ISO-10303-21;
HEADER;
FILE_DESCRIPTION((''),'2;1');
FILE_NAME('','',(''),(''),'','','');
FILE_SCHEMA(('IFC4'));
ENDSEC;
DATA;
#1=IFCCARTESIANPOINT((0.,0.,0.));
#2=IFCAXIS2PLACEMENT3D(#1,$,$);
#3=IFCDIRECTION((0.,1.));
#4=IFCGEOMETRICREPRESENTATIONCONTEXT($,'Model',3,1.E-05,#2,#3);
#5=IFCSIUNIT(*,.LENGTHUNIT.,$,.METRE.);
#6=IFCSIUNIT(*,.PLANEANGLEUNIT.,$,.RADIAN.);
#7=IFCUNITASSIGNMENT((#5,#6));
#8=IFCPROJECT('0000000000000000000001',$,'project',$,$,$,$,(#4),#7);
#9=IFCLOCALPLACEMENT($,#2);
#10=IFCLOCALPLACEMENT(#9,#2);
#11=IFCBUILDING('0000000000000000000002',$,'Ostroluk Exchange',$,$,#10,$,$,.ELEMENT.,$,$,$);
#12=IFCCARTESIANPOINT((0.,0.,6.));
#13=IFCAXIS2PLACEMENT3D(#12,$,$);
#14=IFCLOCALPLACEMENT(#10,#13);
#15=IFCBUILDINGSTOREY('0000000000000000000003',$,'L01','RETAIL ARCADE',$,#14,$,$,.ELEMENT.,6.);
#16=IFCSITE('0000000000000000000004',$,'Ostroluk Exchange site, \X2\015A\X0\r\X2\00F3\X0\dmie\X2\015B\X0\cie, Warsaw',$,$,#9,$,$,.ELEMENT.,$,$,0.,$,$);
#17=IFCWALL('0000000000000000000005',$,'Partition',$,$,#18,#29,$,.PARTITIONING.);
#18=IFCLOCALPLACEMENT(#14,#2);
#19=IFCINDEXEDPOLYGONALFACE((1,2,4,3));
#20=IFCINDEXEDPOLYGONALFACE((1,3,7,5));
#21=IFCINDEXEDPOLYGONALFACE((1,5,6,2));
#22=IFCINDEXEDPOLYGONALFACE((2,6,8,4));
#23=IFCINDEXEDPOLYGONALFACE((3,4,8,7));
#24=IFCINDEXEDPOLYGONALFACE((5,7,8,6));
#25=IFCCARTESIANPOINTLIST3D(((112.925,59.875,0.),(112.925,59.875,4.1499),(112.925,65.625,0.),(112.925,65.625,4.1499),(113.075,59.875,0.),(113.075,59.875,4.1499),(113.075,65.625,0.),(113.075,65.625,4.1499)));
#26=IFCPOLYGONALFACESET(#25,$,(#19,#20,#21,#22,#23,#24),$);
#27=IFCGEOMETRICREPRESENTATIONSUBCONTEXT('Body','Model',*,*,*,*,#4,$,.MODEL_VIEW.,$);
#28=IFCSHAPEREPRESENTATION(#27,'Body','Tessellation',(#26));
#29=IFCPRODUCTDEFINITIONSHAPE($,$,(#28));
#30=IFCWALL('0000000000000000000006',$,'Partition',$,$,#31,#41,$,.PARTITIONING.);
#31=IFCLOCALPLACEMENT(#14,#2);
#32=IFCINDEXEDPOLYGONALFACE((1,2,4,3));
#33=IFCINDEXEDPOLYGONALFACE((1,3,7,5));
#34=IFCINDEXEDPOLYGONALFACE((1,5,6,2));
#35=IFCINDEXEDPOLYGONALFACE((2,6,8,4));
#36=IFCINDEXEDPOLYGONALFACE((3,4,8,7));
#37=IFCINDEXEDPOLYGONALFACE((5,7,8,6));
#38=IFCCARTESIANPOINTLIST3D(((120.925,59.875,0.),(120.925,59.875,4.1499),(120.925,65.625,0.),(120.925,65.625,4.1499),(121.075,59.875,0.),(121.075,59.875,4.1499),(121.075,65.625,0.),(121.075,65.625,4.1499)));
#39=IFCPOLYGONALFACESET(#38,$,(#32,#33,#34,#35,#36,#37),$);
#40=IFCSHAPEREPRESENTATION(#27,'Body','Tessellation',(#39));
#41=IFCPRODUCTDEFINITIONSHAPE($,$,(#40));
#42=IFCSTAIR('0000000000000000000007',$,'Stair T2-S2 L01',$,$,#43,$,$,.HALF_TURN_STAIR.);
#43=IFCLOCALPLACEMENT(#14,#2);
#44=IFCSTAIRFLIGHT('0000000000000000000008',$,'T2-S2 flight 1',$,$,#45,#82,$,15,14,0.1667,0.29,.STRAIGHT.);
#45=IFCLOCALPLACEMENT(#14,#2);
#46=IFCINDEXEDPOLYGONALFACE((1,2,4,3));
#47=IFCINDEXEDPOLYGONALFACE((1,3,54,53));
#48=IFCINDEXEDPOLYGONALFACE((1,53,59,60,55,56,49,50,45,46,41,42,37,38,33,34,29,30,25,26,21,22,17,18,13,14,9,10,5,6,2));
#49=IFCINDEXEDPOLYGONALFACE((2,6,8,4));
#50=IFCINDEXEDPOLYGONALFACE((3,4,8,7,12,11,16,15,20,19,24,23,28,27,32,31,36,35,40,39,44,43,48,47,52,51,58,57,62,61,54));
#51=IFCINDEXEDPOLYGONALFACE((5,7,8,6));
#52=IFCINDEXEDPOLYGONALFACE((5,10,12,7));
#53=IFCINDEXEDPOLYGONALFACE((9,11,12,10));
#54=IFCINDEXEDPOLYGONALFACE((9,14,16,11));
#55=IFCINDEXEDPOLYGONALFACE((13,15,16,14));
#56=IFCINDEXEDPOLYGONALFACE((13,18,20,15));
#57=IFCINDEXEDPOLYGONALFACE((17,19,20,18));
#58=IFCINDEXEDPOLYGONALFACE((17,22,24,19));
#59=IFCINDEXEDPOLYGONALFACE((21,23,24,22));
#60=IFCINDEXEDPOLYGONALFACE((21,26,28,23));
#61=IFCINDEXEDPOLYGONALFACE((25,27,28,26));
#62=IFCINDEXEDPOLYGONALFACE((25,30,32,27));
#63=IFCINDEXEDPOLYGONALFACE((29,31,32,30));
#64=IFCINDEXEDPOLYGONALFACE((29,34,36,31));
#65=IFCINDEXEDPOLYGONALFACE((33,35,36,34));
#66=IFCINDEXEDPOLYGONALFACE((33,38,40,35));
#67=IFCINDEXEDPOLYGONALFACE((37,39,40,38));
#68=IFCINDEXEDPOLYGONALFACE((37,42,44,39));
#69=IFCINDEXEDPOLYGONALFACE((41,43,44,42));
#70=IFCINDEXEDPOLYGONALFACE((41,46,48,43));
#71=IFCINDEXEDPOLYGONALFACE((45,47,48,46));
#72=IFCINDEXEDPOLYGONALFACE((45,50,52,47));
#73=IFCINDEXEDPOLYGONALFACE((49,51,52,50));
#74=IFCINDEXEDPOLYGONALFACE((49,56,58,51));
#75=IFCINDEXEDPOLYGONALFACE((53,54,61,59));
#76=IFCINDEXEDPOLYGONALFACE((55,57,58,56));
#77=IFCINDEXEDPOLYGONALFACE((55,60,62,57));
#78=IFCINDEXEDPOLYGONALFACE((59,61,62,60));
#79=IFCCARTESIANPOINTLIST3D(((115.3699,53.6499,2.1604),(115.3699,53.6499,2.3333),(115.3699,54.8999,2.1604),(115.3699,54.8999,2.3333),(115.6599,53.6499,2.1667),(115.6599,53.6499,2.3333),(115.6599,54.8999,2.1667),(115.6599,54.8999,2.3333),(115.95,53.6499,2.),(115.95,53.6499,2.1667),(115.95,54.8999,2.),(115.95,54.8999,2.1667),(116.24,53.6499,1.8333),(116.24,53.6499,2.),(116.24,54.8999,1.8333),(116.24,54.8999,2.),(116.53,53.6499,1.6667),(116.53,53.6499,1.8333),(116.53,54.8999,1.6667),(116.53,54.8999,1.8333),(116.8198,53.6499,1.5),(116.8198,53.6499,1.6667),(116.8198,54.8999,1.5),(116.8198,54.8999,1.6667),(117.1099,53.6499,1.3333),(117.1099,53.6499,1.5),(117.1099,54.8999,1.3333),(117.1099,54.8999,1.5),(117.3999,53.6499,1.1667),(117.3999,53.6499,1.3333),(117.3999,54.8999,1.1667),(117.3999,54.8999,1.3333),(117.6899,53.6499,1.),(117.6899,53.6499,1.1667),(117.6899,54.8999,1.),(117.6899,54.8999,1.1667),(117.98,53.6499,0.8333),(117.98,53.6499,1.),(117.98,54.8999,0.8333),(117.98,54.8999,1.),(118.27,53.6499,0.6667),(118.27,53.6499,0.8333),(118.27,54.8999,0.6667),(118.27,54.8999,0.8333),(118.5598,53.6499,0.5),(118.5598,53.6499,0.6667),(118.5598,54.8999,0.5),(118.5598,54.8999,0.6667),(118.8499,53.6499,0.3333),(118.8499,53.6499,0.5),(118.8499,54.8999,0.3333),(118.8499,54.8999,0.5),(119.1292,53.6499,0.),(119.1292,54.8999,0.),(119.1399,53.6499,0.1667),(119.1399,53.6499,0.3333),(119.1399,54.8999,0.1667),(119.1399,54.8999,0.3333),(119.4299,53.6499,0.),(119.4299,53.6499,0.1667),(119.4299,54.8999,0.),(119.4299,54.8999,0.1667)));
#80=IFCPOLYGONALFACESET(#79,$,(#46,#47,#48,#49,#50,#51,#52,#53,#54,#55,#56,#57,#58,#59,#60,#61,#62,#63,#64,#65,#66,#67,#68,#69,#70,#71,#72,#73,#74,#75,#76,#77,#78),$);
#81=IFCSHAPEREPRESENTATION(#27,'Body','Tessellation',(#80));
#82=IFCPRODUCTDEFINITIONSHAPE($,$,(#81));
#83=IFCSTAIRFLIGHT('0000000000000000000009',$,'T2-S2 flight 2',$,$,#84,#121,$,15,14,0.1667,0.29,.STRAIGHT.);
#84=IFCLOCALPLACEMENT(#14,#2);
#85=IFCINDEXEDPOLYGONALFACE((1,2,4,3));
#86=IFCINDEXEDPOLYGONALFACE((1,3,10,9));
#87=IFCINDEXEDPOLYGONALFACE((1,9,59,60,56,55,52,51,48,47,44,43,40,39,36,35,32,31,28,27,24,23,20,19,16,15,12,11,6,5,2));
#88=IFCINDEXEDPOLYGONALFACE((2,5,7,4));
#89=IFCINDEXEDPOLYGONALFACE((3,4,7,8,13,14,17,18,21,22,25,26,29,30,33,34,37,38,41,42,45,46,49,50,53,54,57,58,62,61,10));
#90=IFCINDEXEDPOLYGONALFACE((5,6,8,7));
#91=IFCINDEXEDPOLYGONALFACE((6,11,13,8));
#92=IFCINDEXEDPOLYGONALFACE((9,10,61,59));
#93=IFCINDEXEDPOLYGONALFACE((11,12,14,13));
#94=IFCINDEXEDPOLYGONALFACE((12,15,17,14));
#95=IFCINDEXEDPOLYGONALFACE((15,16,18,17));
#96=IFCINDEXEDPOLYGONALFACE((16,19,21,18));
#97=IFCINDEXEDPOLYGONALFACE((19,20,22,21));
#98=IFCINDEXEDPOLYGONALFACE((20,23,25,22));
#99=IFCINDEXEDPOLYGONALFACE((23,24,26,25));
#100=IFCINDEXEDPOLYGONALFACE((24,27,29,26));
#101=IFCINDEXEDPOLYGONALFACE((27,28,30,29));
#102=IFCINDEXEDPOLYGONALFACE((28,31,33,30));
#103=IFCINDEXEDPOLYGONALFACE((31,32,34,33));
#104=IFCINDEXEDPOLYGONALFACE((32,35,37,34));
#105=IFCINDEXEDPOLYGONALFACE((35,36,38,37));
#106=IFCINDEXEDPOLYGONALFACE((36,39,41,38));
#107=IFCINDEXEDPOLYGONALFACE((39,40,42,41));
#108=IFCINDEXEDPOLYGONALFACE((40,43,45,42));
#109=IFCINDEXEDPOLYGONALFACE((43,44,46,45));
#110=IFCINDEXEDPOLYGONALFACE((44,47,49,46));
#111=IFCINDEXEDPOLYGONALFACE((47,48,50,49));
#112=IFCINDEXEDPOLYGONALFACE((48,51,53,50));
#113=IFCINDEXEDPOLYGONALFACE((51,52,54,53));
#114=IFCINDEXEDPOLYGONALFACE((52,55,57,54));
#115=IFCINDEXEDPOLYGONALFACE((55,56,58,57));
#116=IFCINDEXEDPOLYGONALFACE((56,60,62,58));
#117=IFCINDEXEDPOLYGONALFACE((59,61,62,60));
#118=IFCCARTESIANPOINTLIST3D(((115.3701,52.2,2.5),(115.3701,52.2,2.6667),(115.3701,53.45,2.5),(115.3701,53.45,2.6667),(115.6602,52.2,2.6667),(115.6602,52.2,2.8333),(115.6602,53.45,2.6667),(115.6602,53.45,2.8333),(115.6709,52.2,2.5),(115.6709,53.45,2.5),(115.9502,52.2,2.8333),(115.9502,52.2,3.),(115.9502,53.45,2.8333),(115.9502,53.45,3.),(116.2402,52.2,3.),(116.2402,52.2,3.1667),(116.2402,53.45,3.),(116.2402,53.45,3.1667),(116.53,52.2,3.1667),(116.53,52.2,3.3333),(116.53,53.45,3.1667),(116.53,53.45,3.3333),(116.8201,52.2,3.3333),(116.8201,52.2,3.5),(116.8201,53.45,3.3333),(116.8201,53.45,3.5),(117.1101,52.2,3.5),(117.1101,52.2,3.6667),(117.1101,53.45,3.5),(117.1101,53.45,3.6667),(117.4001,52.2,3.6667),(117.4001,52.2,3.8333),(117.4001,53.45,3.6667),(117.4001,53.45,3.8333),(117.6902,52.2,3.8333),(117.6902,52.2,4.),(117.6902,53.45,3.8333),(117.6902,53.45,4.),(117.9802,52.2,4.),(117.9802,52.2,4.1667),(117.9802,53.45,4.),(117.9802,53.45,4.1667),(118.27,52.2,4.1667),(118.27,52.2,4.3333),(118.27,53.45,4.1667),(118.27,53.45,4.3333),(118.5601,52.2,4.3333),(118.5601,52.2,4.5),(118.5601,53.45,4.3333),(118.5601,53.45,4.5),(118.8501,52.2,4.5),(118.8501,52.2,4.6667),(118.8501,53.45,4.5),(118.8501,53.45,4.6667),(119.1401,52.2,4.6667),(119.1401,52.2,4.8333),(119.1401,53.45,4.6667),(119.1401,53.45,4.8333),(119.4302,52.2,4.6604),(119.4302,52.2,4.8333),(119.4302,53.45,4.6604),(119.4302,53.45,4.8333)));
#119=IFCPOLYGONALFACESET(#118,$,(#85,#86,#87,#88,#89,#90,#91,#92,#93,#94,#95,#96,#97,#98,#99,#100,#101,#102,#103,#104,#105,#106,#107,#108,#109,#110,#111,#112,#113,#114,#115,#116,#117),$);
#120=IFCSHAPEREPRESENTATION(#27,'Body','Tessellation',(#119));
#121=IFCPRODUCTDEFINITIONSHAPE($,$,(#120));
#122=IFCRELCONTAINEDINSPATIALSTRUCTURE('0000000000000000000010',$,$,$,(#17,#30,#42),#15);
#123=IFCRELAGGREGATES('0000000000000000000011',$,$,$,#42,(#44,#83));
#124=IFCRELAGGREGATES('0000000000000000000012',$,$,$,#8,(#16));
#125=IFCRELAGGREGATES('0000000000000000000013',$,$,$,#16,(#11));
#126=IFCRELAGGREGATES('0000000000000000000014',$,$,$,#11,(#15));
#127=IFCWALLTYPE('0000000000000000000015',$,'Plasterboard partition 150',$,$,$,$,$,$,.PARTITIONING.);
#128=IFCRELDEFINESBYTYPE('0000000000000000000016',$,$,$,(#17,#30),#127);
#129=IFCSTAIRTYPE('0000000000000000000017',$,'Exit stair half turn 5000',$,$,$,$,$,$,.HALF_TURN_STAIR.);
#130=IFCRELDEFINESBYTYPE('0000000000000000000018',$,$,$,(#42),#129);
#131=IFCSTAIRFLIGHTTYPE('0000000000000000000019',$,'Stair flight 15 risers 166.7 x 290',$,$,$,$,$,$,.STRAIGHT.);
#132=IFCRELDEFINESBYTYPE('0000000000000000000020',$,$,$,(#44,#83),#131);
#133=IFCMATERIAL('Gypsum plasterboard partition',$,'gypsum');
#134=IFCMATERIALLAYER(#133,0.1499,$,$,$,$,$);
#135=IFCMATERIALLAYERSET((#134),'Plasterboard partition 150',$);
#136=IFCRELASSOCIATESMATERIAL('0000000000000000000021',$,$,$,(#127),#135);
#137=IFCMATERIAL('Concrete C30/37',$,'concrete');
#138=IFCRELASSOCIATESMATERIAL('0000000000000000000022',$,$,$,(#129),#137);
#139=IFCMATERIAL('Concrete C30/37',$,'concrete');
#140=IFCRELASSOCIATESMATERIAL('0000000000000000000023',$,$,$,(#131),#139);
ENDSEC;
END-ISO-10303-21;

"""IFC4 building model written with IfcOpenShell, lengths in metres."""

from ifc_helpers import new_model, si_unit, direction, frame, frame_2d, origin, place, context, subcontext, project, spatial, polyline, rectangle, outline, extrude, material, layer, layer_set, type_object, element, aggregate, save


model = new_model("IFC4")

# Units and contexts
model_context = context("Model", 3, precision=1e-05, world=origin(), true_north=direction((0.0, 1.0)))
body_context = subcontext(model_context, "Body", "Model", "MODEL_VIEW")
ifc_project = project(units=[si_unit("LENGTHUNIT", "METRE"), si_unit("PLANEANGLEUNIT", "RADIAN")], contexts=[model_context])

# Site, building, storey
site_placement = place(None, origin())
site = spatial("IfcSite", under=ifc_project, at=site_placement, Name="Ostroluk Exchange site, Śródmieście, Warsaw", CompositionType="ELEMENT", RefElevation=0.0)
building_placement = place(site_placement, origin())
building = spatial("IfcBuilding", under=site, at=building_placement, Name="Ostroluk Exchange", CompositionType="ELEMENT")
storey_placement = place(building_placement, frame((0.0, 0.0, 6.0)))
storey = spatial("IfcBuildingStorey", under=building, at=storey_placement, Name="L01", Description="RETAIL ARCADE", CompositionType="ELEMENT", Elevation=6.0)

# Walls
ifc_material_1 = material(Name="Gypsum plasterboard partition", Category="gypsum")
ifc_layer_1 = layer(ifc_material_1, 0.1499)
ifc_layer_set_1 = layer_set([ifc_layer_1], Name="Plasterboard partition 150")
wall_type_1 = type_object("IfcWallType", Name="Plasterboard partition 150", PredefinedType="PARTITIONING", material=ifc_layer_set_1)
for number, where, z_axis, x_axis, name in (
    (1, (113.0, 59.875, 0.0), (0.0, 0.0, 1.0), (0.0, 1.0, 0.0), "Partition"),
    (2, (121.0, 59.875, 0.0), (0.0, 0.0, 1.0), (0.0, 1.0, 0.0), "Partition"),
):
    element("IfcWall", number, at=place(storey_placement, frame(where, z_axis=z_axis, x_axis=x_axis)), inside=storey, type_object=wall_type_1, Name=name, PredefinedType="PARTITIONING", context=body_context, shape_type="SweptSolid", body=[
        extrude(rectangle(XDim=5.75, YDim=0.1499, at=frame_2d((2.875, 0.0))), origin(), (0.0, 0.0, 1.0), 4.1499),
    ])

# Stair, stair flights
ifc_material_2 = material(Name="Concrete C30/37", Category="concrete")
stair_type = type_object("IfcStairType", Name="Exit stair half turn 5000", PredefinedType="HALF_TURN_STAIR", material=ifc_material_2)
stair_placement = place(storey_placement, origin())
stair = element("IfcStair", 3, at=stair_placement, inside=storey, type_object=stair_type, Name="Stair T2-S2 L01", PredefinedType="HALF_TURN_STAIR")
ifc_material_3 = material(Name="Concrete C30/37", Category="concrete")
stair_flight_type = type_object("IfcStairFlightType", Name="Stair flight 15 risers 166.7 x 290", PredefinedType="STRAIGHT", material=ifc_material_3)
stair_flight_1_placement = place(storey_placement, frame((119.4299, 54.2749, 0.0), z_axis=(0.0, 0.0, 1.0), x_axis=(-1.0, 0.0, 0.0)))
stair_flight_1 = element("IfcStairFlight", 4, at=stair_flight_1_placement, type_object=stair_flight_type, Name="T2-S2 flight 1", NumberOfRisers=15, NumberOfTreads=14, PredefinedType="STRAIGHT", RiserHeight=0.1667, TreadLength=0.29, context=body_context, shape_type="SweptSolid", body=[
    extrude(outline(polyline([(0.0, 0.0), (0.0, 0.1667), (0.29, 0.1667), (0.29, 0.3333), (0.5801, 0.3333), (0.5801, 0.5), (0.8701, 0.5), (0.8701, 0.6667), (1.1599, 0.6667), (1.1599, 0.8333), (1.45, 0.8333), (1.45, 1.0), (1.74, 1.0), (1.74, 1.1667), (2.03, 1.1667), (2.03, 1.3333), (2.3201, 1.3333), (2.3201, 1.5), (2.6101, 1.5), (2.6101, 1.6667), (2.8999, 1.6667), (2.8999, 1.8333), (3.1899, 1.8333), (3.1899, 2.0), (3.48, 2.0), (3.48, 2.1667), (3.77, 2.1667), (3.77, 2.3333), (4.0601, 2.3333), (4.0601, 2.5), (4.0601, 2.1604), (0.3008, 0.0), (0.0, 0.0)])), frame((0.0, 0.625, 0.0), z_axis=(0.0, -1.0, 0.0), x_axis=(1.0, 0.0, 0.0)), (0.0, 0.0, 1.0), 1.25),
])
stair_flight_2_placement = place(storey_placement, frame((115.3701, 52.825, 2.5), z_axis=(0.0, 0.0, 1.0), x_axis=(1.0, 0.0, 0.0)))
stair_flight_2 = element("IfcStairFlight", 5, at=stair_flight_2_placement, type_object=stair_flight_type, Name="T2-S2 flight 2", NumberOfRisers=15, NumberOfTreads=14, PredefinedType="STRAIGHT", RiserHeight=0.1667, TreadLength=0.29, context=body_context, shape_type="SweptSolid", body=[
    extrude(outline(polyline([(0.0, 0.0), (0.0, 0.1667), (0.29, 0.1667), (0.29, 0.3333), (0.5801, 0.3333), (0.5801, 0.5), (0.8701, 0.5), (0.8701, 0.6667), (1.1599, 0.6667), (1.1599, 0.8333), (1.45, 0.8333), (1.45, 1.0), (1.74, 1.0), (1.74, 1.1667), (2.03, 1.1667), (2.03, 1.3333), (2.3201, 1.3333), (2.3201, 1.5), (2.6101, 1.5), (2.6101, 1.6667), (2.8999, 1.6667), (2.8999, 1.8333), (3.1899, 1.8333), (3.1899, 2.0), (3.48, 2.0), (3.48, 2.1667), (3.77, 2.1667), (3.77, 2.3333), (4.0601, 2.3333), (4.0601, 2.5), (4.0601, 2.1604), (0.3008, 0.0), (0.0, 0.0)])), frame((0.0, 0.625, 0.0), z_axis=(0.0, -1.0, 0.0), x_axis=(1.0, 0.0, 0.0)), (0.0, 0.0, 1.0), 1.25),
])
aggregate(stair, [stair_flight_1, stair_flight_2])

save(model, "model.ifc")
